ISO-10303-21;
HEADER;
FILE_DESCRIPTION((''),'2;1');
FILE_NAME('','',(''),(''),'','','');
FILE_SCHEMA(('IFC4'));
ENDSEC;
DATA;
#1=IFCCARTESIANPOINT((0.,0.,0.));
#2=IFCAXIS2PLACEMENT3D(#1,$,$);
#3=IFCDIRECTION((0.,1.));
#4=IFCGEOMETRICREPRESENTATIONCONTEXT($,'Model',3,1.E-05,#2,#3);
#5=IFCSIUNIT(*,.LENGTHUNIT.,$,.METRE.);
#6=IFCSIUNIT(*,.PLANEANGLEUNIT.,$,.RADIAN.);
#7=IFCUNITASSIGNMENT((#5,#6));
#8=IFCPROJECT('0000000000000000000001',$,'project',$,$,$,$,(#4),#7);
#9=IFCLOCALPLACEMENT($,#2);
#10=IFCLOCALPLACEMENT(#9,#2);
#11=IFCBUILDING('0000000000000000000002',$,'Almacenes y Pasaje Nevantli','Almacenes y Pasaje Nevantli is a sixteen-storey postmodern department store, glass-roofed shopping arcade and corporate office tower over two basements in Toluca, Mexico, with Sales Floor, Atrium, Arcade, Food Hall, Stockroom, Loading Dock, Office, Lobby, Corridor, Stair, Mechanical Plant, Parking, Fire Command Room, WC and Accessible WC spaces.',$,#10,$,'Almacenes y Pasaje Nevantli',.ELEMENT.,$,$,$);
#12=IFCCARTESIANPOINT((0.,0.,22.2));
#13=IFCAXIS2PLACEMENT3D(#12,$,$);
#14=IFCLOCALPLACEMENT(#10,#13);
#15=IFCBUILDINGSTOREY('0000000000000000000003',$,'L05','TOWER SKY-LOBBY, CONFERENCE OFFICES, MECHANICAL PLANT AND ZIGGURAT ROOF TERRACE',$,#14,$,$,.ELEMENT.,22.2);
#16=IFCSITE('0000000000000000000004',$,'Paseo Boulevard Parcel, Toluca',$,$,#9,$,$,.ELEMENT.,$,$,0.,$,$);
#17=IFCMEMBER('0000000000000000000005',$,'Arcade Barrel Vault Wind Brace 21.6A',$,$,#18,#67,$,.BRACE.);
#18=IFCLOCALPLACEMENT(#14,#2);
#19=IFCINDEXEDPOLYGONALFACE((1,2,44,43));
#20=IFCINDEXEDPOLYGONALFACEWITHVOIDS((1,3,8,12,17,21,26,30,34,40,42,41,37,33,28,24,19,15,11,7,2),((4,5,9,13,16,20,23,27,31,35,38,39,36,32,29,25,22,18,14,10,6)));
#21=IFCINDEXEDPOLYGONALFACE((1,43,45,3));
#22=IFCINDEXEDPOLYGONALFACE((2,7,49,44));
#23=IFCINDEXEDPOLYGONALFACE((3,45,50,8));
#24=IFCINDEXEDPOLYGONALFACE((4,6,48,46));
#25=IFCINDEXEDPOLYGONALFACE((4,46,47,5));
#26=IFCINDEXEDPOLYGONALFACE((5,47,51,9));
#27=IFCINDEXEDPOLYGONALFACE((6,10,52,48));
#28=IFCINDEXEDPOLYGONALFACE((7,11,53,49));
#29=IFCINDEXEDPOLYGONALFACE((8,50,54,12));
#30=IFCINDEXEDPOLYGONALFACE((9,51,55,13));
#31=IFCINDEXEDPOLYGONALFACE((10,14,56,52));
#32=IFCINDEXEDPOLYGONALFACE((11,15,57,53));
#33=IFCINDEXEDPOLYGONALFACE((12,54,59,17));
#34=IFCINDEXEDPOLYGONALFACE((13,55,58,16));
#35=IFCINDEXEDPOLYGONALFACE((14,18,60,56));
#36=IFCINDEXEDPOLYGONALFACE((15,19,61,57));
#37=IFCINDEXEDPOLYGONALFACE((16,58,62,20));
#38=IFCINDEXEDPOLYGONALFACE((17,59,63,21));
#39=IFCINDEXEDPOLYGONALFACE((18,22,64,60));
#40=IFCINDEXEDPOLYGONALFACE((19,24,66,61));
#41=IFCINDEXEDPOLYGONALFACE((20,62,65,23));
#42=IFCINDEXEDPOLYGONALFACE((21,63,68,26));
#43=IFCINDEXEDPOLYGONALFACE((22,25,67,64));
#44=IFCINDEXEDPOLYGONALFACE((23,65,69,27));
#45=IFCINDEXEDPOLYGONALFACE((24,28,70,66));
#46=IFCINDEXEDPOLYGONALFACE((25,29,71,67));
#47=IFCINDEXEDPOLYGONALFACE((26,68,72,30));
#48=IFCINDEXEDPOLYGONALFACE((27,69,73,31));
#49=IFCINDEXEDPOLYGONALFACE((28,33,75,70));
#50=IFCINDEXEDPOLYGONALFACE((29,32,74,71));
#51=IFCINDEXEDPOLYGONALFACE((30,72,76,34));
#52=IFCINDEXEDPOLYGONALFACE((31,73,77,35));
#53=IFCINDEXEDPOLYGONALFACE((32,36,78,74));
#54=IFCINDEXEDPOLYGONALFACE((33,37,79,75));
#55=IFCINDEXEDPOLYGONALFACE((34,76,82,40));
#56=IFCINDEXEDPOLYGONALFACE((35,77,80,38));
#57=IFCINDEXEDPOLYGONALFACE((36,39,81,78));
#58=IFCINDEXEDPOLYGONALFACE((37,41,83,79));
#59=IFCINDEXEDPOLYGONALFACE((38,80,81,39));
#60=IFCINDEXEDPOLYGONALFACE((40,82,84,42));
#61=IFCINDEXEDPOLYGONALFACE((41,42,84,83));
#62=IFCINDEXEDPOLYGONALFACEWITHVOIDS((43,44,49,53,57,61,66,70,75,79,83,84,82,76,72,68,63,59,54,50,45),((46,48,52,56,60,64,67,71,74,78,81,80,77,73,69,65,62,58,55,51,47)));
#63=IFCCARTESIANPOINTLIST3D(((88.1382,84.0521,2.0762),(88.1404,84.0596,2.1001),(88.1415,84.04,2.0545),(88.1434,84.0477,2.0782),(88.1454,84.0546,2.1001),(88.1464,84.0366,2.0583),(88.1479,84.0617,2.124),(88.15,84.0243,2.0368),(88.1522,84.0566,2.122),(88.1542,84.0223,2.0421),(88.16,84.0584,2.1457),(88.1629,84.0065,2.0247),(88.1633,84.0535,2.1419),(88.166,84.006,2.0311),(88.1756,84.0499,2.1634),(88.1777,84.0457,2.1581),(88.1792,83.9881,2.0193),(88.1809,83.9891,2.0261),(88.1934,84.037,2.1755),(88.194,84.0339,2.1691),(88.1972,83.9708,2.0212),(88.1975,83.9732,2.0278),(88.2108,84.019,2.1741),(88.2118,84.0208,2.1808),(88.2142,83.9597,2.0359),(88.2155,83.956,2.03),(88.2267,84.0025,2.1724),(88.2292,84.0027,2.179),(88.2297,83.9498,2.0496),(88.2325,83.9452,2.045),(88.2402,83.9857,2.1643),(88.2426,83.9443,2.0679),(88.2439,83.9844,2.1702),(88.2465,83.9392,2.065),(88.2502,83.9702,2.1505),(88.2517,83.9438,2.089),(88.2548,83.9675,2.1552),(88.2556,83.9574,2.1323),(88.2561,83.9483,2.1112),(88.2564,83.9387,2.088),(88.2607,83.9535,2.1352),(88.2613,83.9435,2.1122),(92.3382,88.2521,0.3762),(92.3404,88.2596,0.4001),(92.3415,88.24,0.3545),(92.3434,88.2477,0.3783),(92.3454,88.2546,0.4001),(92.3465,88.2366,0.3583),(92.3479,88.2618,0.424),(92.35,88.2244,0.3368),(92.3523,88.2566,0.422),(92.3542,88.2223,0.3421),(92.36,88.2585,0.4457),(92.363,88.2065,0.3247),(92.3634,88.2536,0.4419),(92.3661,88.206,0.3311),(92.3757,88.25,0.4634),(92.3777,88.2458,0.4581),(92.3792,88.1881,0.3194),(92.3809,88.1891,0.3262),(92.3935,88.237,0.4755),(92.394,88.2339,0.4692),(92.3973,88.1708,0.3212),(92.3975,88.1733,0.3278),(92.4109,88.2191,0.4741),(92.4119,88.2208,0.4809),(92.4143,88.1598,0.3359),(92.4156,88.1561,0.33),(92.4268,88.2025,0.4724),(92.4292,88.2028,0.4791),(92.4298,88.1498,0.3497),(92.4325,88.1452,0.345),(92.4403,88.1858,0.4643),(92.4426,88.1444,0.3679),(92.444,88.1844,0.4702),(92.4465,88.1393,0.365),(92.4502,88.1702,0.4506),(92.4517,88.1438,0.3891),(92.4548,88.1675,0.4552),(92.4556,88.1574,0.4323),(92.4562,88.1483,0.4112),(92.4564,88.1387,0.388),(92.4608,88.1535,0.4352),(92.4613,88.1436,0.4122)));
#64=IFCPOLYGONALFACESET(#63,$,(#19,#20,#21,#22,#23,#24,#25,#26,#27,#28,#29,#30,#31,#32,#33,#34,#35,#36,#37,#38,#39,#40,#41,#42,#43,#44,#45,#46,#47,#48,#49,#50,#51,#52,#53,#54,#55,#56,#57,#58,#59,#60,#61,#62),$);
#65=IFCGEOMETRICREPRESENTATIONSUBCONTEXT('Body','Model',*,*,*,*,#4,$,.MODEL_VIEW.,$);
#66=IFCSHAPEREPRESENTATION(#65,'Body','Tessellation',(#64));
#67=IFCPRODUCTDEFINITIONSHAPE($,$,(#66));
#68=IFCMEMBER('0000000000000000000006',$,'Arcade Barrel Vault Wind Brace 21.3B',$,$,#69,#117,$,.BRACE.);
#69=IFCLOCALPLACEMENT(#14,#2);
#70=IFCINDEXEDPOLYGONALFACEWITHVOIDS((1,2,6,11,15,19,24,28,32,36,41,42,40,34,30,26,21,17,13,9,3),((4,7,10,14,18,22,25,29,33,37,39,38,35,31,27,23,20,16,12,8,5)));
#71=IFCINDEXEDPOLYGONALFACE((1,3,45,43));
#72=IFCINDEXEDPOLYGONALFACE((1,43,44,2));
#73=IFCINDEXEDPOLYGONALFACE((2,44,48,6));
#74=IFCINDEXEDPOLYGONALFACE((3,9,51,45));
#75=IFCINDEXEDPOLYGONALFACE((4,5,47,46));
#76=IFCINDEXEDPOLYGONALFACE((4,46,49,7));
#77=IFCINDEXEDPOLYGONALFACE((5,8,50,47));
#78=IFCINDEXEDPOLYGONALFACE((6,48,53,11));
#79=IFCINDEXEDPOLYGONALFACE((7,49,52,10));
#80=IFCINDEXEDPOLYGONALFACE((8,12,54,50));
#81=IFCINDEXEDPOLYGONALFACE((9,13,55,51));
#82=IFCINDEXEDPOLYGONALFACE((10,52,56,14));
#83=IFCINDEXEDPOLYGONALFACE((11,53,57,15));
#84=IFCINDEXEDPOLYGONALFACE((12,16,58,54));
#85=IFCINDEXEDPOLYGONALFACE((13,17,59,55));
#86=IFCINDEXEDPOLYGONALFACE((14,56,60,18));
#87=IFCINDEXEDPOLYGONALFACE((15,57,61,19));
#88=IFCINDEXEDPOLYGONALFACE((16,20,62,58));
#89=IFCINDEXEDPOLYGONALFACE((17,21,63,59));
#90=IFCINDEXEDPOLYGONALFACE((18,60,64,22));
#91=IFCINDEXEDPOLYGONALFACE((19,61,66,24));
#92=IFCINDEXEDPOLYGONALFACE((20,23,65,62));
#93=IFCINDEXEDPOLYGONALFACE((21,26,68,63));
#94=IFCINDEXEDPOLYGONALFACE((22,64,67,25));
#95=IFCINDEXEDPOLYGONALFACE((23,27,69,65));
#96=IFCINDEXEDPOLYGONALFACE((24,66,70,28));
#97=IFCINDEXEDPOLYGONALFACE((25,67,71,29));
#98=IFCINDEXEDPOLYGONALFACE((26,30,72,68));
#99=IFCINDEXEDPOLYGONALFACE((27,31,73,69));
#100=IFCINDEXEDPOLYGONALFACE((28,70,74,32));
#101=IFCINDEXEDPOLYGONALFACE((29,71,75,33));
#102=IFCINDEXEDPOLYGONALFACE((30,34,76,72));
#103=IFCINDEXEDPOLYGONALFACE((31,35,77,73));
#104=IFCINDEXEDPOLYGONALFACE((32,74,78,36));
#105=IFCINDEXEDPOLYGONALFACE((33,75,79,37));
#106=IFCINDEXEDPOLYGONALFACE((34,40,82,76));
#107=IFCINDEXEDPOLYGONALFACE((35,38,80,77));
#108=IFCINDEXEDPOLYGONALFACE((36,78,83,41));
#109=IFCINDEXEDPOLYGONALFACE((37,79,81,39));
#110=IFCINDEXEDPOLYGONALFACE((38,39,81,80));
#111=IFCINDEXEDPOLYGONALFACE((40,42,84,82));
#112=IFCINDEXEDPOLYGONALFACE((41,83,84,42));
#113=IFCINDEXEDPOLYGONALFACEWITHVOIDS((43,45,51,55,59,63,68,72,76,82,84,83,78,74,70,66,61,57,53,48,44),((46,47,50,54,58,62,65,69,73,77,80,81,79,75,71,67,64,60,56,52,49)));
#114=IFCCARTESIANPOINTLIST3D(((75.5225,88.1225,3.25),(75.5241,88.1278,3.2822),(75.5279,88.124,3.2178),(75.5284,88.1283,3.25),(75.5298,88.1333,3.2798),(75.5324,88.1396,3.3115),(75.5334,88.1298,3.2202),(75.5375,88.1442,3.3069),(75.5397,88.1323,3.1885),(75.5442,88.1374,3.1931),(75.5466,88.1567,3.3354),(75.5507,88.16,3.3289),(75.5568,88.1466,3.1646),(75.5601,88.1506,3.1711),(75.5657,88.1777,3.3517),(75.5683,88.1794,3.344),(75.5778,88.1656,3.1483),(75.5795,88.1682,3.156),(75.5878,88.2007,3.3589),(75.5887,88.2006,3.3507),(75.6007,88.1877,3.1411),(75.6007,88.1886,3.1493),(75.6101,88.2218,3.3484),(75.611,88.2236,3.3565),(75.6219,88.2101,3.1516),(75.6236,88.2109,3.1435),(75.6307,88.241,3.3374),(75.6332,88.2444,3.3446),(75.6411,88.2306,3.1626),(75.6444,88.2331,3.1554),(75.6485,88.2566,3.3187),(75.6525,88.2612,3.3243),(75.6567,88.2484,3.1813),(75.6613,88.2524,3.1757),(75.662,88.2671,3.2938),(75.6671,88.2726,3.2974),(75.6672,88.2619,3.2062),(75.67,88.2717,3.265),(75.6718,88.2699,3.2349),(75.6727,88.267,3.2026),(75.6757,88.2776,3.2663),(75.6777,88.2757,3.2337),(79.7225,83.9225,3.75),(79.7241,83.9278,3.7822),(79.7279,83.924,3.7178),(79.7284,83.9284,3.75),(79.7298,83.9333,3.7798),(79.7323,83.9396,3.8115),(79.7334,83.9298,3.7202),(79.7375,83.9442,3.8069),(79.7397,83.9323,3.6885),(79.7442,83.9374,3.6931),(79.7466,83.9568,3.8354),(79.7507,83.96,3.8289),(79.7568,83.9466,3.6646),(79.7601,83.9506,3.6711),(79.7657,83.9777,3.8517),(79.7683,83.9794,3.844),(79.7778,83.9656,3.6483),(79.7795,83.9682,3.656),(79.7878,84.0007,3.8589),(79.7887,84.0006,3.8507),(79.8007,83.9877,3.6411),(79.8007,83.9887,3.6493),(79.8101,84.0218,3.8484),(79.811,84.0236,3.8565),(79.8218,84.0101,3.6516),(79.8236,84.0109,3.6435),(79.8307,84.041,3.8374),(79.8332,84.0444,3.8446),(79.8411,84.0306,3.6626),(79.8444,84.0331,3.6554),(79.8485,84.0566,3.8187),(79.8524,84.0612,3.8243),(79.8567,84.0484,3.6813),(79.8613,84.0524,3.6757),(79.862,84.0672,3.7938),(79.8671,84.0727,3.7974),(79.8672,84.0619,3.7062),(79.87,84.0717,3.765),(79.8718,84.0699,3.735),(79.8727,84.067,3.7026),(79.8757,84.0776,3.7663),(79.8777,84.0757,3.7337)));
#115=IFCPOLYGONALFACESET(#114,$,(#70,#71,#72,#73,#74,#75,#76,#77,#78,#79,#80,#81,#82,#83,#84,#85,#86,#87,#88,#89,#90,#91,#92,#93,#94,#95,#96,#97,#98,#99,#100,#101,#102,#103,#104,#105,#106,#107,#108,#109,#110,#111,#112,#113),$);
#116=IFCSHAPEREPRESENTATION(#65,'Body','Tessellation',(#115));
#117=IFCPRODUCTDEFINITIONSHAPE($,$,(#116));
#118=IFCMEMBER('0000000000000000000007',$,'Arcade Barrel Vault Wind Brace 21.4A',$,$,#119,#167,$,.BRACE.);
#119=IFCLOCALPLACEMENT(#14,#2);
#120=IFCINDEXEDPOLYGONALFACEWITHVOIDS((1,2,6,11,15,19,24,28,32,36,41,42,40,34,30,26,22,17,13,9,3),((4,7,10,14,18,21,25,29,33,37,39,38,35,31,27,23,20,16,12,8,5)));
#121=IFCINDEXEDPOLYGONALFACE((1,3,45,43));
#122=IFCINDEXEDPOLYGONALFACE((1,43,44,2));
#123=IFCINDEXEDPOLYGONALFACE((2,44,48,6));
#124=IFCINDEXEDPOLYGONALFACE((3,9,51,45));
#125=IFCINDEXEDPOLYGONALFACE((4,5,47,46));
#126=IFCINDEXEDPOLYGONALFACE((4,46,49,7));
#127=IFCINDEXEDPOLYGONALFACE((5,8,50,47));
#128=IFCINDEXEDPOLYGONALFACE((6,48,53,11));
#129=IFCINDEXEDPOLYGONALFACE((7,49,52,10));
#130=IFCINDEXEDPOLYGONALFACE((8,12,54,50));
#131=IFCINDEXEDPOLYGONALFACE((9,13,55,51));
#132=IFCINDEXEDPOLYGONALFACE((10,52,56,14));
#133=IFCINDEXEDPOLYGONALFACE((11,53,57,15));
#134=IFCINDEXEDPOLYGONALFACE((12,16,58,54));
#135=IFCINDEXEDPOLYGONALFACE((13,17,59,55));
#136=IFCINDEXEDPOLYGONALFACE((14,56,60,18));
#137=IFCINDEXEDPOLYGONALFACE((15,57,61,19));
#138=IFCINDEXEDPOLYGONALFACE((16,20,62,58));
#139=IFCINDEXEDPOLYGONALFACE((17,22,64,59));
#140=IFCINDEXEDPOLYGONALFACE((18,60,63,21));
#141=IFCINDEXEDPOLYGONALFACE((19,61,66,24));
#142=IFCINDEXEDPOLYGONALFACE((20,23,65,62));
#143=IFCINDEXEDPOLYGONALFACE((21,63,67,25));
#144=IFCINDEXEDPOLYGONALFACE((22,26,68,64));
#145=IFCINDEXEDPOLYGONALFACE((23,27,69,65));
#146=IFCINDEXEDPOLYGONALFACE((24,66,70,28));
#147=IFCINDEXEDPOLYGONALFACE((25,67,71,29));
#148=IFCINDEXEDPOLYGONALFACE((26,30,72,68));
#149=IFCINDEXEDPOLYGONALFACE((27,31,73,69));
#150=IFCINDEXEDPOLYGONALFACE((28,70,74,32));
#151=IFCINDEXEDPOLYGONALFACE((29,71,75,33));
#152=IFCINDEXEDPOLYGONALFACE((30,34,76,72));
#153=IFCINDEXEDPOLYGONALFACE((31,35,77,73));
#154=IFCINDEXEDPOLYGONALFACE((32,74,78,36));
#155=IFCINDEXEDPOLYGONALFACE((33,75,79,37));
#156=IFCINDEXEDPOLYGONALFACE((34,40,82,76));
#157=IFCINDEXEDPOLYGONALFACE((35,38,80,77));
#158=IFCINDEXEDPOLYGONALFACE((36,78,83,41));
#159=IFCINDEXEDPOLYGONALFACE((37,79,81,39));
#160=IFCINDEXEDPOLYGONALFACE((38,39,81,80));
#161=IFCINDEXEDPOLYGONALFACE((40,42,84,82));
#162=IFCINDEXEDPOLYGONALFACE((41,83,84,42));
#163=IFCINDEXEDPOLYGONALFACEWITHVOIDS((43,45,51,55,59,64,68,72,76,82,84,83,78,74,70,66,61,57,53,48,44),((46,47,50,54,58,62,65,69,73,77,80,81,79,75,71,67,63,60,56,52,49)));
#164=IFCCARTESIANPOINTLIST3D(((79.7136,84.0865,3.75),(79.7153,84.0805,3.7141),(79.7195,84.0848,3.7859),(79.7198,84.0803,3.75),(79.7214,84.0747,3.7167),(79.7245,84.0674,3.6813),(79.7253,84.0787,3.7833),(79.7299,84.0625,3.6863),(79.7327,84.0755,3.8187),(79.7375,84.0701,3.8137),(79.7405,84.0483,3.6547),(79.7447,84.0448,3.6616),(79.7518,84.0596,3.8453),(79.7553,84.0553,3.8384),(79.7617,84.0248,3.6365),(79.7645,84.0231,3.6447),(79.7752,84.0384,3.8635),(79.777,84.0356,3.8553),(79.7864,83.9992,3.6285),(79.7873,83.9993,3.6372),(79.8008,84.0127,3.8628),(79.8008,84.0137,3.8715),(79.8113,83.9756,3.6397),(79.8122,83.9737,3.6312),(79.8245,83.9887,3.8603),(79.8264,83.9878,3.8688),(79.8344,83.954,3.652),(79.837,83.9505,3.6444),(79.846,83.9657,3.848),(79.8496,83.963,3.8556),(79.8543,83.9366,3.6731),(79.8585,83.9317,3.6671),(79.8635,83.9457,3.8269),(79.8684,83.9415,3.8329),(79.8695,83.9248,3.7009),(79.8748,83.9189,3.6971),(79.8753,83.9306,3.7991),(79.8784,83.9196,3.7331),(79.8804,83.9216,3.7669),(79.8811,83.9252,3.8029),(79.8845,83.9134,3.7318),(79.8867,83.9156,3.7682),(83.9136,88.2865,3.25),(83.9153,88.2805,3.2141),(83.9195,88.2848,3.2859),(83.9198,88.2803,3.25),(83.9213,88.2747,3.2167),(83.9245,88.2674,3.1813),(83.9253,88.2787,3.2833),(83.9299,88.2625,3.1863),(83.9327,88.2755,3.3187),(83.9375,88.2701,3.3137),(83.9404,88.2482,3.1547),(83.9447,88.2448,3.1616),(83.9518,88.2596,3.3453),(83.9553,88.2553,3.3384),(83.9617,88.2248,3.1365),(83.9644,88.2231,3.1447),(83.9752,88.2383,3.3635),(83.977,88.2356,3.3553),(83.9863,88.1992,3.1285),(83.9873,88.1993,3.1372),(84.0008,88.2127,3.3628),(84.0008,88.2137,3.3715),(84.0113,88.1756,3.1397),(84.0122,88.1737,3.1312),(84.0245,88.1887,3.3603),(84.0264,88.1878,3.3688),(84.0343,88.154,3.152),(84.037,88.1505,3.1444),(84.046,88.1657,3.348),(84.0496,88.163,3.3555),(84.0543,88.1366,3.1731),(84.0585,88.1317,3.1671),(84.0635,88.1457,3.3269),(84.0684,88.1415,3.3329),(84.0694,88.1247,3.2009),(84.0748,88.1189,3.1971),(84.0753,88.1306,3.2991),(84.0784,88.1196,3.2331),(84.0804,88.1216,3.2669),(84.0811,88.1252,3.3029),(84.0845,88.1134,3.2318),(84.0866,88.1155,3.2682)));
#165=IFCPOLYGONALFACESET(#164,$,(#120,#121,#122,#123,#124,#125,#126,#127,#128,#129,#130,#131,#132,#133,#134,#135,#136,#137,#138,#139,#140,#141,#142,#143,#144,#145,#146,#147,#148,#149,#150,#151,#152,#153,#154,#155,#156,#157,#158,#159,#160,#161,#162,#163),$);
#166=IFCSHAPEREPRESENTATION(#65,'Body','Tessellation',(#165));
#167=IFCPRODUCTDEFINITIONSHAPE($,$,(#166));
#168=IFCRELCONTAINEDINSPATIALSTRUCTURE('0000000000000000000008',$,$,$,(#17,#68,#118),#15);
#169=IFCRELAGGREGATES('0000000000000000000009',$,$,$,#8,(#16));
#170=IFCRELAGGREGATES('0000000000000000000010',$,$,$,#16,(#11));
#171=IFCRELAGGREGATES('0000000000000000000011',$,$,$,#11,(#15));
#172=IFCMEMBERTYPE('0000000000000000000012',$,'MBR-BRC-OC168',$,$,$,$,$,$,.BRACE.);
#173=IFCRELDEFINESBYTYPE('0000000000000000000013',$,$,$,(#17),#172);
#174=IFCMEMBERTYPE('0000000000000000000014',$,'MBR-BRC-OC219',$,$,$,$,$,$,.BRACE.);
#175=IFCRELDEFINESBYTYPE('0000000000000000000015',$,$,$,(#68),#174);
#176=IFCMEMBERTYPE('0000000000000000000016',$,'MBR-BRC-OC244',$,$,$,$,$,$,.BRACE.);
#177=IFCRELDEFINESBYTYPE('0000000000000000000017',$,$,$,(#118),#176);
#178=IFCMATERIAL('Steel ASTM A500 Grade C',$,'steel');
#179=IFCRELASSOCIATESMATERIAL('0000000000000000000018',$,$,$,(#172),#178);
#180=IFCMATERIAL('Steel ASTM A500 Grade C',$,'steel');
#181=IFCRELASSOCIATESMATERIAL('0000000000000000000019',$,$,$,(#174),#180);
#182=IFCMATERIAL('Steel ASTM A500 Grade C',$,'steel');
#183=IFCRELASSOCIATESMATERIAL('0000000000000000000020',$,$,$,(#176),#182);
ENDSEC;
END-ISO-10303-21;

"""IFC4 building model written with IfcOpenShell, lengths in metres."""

from ifc_helpers import new_model, si_unit, direction, frame, origin, origin_2d, place, context, subcontext, project, spatial, hollow_circle, extrude, material, material_profile, profile_set, type_object, element, save


model = new_model("IFC4")

# Units and contexts
model_context = context("Model", 3, precision=1e-05, world=origin(), true_north=direction((0.0, 1.0)))
body_context = subcontext(model_context, "Body", "Model", "MODEL_VIEW")
ifc_project = project(units=[si_unit("LENGTHUNIT", "METRE"), si_unit("PLANEANGLEUNIT", "RADIAN")], contexts=[model_context])

# Site, building, storey
site_placement = place(None, origin())
site = spatial("IfcSite", under=ifc_project, at=site_placement, Name="Paseo Boulevard Parcel, Toluca", CompositionType="ELEMENT", RefElevation=0.0)
building_placement = place(site_placement, origin())
building = spatial("IfcBuilding", under=site, at=building_placement, Name="Almacenes y Pasaje Nevantli", Description="Almacenes y Pasaje Nevantli is a sixteen-storey postmodern department store, glass-roofed shopping arcade and corporate office tower over two basements in Toluca, Mexico, with Sales Floor, Atrium, Arcade, Food Hall, Stockroom, Loading Dock, Office, Lobby, Corridor, Stair, Mechanical Plant, Parking, Fire Command Room, WC and Accessible WC spaces.", LongName="Almacenes y Pasaje Nevantli", CompositionType="ELEMENT")
storey_placement = place(building_placement, frame((0.0, 0.0, 22.2)))
storey = spatial("IfcBuildingStorey", under=building, at=storey_placement, Name="L05", Description="TOWER SKY-LOBBY, CONFERENCE OFFICES, MECHANICAL PLANT AND ZIGGURAT ROOF TERRACE", CompositionType="ELEMENT", Elevation=22.2)

# Members
ifc_material_1 = material(Name="Steel ASTM A500 Grade C", Category="steel")
ifc_material_profile_1 = material_profile(ifc_material_1, hollow_circle(Radius=0.0842, WallThickness=0.0071, at=origin_2d()), Name="OC 168x7.1")
ifc_profile_set_1 = profile_set([ifc_material_profile_1], Name="Steel ASTM A500 Grade C")
member_type_1 = type_object("IfcMemberType", Name="MBR-BRC-OC168", PredefinedType="BRACE", material=ifc_profile_set_1)
member_1_placement = place(storey_placement, frame((88.2, 84.0, 2.1001), z_axis=(0.679812, 0.679812, -0.275157), x_axis=(-0.707107, 0.707107, 0.0)))
element("IfcMember", 1, at=member_1_placement, inside=storey, type_object=member_type_1, Name="Arcade Barrel Vault Wind Brace 21.6A", PredefinedType="BRACE", context=body_context, shape_type="SweptSolid", body=[
    extrude(hollow_circle(Radius=0.0842, WallThickness=0.0071, at=origin_2d()), origin(), (0.0, 0.0, 1.0), 6.1782),
])
ifc_material_2 = material(Name="Steel ASTM A500 Grade C", Category="steel")
ifc_material_profile_2 = material_profile(ifc_material_2, hollow_circle(Radius=0.1096, WallThickness=0.0083, at=origin_2d()), Name="OC 219x8.2")
ifc_profile_set_2 = profile_set([ifc_material_profile_2], Name="Steel ASTM A500 Grade C")
member_type_2 = type_object("IfcMemberType", Name="MBR-BRC-OC219", PredefinedType="BRACE", material=ifc_profile_set_2)
member_2_placement = place(storey_placement, frame((79.8, 84.0, 3.75), z_axis=(-0.704615, 0.704615, -0.083884), x_axis=(-0.707107, -0.707107, 0.0)))
element("IfcMember", 2, at=member_2_placement, inside=storey, type_object=member_type_2, Name="Arcade Barrel Vault Wind Brace 21.3B", PredefinedType="BRACE", context=body_context, shape_type="SweptSolid", body=[
    extrude(hollow_circle(Radius=0.1096, WallThickness=0.0083, at=origin_2d()), origin(), (0.0, 0.0, 1.0), 5.9607),
])
ifc_material_3 = material(Name="Steel ASTM A500 Grade C", Category="steel")
ifc_material_profile_3 = material_profile(ifc_material_3, hollow_circle(Radius=0.1223, WallThickness=0.0088, at=origin_2d()), Name="OC 244x8.9")
ifc_profile_set_3 = profile_set([ifc_material_profile_3], Name="Steel ASTM A500 Grade C")
member_type_3 = type_object("IfcMemberType", Name="MBR-BRC-OC244", PredefinedType="BRACE", material=ifc_profile_set_3)
for number, where, z_axis, x_axis, name in (
    (3, (79.8, 84.0, 3.75), (0.704615, 0.704615, -0.083884), (-0.707107, 0.707107, 0.0), "Arcade Barrel Vault Wind Brace 21.4A"),
):
    element("IfcMember", number, at=place(storey_placement, frame(where, z_axis=z_axis, x_axis=x_axis)), inside=storey, type_object=member_type_3, Name=name, PredefinedType="BRACE", context=body_context, shape_type="SweptSolid", body=[
        extrude(hollow_circle(Radius=0.1223, WallThickness=0.0088, at=origin_2d()), origin(), (0.0, 0.0, 1.0), 5.9607),
    ])

save(model, "model.ifc")
